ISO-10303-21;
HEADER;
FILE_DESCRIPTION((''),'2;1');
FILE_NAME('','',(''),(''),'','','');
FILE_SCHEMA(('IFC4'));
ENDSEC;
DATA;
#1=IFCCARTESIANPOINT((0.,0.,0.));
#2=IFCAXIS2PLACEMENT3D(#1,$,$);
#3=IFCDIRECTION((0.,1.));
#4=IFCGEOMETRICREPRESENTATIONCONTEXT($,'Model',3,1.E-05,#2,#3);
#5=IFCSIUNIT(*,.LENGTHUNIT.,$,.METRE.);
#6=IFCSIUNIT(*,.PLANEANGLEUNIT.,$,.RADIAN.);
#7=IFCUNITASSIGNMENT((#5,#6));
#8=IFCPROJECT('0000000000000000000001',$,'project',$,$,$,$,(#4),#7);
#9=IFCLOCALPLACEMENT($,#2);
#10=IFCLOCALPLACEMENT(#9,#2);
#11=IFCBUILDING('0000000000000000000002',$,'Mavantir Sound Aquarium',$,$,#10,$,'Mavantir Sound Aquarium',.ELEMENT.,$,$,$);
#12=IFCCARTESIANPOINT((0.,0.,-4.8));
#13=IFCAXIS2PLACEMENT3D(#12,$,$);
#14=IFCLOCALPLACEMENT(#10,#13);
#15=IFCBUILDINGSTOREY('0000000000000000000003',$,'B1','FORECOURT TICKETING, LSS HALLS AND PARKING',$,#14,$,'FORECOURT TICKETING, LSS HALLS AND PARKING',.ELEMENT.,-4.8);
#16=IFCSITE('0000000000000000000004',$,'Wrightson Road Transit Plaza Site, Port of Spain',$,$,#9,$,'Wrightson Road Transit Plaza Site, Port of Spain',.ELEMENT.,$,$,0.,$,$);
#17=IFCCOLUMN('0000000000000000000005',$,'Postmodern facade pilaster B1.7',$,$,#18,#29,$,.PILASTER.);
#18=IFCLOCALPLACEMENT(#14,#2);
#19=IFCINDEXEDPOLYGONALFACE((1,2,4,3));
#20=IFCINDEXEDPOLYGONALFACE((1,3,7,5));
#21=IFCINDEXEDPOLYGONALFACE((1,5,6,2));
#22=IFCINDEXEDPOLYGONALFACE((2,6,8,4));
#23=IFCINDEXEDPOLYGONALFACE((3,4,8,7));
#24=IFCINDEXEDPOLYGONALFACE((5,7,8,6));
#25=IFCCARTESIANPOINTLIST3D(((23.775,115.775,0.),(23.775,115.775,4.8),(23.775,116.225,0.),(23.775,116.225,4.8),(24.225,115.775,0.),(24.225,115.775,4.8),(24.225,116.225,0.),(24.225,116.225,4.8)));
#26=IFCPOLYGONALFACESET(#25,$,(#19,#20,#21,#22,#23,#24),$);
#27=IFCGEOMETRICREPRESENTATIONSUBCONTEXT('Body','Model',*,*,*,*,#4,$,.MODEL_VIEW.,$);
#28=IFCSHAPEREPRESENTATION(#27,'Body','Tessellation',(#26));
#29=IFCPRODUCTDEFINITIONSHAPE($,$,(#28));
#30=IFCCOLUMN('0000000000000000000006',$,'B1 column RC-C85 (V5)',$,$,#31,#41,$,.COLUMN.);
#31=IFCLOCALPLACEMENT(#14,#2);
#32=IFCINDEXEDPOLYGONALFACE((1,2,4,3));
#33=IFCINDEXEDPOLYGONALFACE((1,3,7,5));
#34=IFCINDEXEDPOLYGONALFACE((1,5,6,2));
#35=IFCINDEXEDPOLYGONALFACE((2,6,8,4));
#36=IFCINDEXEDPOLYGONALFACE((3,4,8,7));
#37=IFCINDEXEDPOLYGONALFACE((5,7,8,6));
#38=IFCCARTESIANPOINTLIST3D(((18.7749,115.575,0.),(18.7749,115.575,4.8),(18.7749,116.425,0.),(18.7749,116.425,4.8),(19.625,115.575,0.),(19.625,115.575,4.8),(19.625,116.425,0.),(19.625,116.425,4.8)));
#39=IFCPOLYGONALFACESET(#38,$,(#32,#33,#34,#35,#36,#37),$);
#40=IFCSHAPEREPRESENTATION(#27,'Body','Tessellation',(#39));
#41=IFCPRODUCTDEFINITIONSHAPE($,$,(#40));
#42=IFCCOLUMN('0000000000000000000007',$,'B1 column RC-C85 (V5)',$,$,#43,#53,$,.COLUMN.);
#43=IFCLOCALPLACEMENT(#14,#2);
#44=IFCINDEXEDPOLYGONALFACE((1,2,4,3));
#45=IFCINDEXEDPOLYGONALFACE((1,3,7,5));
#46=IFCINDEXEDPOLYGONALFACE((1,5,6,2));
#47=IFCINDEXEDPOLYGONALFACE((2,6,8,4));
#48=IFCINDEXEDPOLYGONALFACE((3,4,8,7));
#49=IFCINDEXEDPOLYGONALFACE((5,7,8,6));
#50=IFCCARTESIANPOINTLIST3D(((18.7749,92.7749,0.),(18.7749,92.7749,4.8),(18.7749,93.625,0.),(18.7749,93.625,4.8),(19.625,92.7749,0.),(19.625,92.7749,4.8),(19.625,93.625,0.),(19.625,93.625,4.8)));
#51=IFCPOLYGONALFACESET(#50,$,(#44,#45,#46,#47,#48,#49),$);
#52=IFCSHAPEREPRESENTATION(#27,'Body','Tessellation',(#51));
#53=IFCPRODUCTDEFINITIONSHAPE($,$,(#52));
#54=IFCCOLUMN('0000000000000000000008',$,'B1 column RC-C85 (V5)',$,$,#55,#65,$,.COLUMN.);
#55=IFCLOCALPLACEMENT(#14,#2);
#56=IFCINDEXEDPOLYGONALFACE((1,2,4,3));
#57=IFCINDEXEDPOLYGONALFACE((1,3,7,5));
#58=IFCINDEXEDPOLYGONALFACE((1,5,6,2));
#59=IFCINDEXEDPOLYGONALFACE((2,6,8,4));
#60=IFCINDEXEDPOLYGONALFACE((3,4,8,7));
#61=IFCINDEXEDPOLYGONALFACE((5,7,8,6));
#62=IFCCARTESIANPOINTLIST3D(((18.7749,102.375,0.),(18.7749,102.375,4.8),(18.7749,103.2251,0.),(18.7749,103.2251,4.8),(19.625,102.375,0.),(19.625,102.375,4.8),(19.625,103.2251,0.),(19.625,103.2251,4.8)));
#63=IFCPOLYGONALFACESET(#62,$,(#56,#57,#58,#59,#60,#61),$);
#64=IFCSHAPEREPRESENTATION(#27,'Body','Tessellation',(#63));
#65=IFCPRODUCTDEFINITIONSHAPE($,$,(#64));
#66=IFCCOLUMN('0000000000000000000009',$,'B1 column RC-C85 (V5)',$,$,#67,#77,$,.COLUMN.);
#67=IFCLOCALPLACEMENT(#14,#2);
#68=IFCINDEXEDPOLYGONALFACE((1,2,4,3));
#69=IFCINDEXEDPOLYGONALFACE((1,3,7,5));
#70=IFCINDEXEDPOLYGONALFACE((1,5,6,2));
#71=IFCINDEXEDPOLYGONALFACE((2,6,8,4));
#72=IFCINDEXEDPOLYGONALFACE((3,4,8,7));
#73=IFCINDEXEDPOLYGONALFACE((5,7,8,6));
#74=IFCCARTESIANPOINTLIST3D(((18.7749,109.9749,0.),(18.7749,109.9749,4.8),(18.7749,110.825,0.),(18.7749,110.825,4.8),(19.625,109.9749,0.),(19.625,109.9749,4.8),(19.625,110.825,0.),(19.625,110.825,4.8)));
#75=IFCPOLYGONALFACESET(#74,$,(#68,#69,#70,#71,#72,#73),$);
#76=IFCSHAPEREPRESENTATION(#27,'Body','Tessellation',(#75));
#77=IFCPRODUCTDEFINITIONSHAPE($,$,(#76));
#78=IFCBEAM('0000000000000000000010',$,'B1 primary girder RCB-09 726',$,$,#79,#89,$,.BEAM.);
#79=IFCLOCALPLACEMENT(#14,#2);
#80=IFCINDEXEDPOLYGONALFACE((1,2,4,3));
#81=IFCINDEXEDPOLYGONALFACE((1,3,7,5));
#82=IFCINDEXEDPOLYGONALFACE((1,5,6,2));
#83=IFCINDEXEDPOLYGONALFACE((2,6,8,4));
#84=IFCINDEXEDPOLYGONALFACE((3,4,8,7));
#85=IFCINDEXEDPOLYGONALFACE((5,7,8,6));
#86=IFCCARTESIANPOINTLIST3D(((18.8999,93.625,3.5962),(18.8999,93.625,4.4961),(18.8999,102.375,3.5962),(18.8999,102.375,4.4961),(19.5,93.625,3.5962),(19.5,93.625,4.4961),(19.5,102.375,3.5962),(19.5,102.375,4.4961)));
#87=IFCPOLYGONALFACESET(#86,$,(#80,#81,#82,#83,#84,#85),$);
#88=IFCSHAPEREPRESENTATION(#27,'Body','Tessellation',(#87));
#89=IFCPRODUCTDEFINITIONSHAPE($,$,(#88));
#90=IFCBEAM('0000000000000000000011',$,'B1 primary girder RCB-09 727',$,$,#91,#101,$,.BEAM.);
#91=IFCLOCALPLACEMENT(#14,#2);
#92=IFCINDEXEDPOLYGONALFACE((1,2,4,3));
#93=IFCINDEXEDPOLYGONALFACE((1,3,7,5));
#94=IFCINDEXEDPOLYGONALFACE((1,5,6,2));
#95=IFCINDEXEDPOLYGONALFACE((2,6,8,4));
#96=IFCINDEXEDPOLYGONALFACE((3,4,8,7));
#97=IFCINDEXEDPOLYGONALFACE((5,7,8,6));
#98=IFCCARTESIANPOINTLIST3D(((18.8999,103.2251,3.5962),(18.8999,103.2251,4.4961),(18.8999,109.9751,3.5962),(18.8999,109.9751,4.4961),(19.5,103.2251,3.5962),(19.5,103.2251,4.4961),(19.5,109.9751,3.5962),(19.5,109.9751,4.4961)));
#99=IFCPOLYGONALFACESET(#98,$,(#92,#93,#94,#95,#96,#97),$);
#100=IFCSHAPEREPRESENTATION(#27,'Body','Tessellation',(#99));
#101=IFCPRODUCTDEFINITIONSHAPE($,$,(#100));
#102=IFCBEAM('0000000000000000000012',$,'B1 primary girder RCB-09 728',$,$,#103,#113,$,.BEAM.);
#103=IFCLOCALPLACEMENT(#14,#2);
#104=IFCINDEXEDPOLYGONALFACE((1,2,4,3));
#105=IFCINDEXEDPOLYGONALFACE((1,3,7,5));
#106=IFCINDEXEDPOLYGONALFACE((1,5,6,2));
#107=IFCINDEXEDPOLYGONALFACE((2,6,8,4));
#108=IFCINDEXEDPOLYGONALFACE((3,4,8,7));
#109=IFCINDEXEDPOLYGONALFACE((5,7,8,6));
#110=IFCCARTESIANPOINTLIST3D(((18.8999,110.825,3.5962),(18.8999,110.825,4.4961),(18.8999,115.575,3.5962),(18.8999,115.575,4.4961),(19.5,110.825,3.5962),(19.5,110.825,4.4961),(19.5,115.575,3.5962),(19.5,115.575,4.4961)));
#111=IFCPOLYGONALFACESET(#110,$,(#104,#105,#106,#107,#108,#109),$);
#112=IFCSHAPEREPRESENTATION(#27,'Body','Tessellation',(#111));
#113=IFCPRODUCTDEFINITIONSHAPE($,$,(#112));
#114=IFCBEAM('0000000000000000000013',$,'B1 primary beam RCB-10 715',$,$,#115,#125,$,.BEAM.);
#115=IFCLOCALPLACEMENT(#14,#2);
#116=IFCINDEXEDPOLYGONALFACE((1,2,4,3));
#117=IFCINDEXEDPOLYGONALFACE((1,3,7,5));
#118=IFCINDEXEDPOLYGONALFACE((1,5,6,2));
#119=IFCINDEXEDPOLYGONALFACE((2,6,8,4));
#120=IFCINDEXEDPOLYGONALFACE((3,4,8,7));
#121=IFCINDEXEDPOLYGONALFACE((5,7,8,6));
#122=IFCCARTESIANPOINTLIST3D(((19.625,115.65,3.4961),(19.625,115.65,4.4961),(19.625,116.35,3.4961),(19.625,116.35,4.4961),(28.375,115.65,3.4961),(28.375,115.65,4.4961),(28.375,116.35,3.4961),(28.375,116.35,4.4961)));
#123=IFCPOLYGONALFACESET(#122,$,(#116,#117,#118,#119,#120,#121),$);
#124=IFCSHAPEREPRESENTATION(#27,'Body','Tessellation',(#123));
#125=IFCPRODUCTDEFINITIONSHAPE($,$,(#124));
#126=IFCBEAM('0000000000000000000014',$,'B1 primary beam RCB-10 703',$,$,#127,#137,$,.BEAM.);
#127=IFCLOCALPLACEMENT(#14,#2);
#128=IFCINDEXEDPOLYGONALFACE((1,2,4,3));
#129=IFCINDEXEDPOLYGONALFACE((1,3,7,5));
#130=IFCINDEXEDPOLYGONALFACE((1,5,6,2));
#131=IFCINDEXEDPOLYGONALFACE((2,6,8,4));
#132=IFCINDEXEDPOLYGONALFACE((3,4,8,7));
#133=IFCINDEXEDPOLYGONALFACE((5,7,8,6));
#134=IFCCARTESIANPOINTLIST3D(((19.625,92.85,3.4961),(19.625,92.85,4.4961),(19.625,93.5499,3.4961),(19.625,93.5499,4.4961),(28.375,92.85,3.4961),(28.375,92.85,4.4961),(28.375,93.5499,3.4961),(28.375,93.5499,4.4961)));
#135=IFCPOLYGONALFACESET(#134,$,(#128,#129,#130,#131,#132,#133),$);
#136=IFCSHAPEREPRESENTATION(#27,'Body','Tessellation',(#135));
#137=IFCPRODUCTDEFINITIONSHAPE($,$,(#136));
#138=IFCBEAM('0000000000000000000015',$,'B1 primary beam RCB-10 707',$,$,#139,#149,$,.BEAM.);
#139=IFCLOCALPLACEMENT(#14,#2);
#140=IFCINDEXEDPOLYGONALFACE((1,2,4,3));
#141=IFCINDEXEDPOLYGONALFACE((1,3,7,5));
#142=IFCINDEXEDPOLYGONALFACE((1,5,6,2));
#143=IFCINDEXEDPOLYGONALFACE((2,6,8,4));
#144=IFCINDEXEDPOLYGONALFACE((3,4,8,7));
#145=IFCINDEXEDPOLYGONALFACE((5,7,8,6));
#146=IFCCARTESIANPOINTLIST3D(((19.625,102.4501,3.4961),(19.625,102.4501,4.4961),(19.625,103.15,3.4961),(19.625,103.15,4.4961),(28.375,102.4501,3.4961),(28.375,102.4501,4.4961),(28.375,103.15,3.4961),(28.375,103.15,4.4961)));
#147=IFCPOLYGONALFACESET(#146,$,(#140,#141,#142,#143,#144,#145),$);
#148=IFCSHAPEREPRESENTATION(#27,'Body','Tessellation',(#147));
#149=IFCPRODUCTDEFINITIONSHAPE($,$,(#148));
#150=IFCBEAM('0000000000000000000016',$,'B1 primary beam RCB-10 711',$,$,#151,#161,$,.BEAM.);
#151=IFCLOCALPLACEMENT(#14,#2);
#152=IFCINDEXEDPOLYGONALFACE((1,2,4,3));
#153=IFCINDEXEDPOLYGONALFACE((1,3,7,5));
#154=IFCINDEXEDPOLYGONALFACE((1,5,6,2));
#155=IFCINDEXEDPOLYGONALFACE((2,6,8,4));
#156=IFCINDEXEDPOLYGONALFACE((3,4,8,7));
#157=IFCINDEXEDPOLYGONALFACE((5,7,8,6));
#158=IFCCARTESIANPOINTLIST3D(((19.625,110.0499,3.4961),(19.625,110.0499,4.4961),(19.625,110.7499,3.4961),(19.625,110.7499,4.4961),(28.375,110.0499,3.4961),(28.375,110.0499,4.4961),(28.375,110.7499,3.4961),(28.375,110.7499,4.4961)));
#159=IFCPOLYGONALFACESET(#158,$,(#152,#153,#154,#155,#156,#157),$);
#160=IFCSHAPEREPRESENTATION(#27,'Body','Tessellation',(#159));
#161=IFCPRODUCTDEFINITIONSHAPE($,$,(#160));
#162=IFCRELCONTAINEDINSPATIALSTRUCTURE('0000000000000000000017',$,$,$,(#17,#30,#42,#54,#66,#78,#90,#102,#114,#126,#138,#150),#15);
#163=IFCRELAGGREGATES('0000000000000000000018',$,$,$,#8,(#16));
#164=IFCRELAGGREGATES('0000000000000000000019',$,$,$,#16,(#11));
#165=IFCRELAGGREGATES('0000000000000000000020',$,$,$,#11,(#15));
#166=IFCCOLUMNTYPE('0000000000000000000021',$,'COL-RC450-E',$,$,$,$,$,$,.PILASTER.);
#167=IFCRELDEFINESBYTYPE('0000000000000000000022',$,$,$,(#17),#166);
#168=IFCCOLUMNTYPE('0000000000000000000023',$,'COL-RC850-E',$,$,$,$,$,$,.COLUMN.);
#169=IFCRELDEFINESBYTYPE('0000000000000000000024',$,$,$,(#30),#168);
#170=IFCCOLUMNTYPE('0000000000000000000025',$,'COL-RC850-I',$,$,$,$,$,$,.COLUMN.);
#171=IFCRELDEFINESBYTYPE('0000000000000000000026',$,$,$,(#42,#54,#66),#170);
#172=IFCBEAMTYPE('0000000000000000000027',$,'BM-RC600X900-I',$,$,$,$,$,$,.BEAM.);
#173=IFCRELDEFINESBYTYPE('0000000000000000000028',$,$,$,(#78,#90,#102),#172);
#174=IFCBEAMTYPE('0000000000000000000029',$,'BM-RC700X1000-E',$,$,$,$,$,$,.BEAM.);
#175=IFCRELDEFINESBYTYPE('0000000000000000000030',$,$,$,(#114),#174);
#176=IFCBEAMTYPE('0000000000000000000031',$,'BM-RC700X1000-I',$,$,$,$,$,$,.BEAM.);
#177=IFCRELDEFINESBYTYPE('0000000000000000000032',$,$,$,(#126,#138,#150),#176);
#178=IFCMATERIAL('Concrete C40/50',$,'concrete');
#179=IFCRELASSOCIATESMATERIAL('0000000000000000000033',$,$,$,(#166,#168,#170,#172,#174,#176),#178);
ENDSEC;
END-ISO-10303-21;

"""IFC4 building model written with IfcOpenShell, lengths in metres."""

from ifc_helpers import new_model, si_unit, direction, frame, origin, origin_2d, place, context, subcontext, project, spatial, rectangle, extrude, material, material_profile, profile_set, type_object, element, save


model = new_model("IFC4")

# Units and contexts
model_context = context("Model", 3, precision=1e-05, world=origin(), true_north=direction((0.0, 1.0)))
body_context = subcontext(model_context, "Body", "Model", "MODEL_VIEW")
ifc_project = project(units=[si_unit("LENGTHUNIT", "METRE"), si_unit("PLANEANGLEUNIT", "RADIAN")], contexts=[model_context])

# Site, building, storey
site_placement = place(None, origin())
site = spatial("IfcSite", under=ifc_project, at=site_placement, Name="Wrightson Road Transit Plaza Site, Port of Spain", LongName="Wrightson Road Transit Plaza Site, Port of Spain", CompositionType="ELEMENT", RefElevation=0.0)
building_placement = place(site_placement, origin())
building = spatial("IfcBuilding", under=site, at=building_placement, Name="Mavantir Sound Aquarium", LongName="Mavantir Sound Aquarium", CompositionType="ELEMENT")
storey_placement = place(building_placement, frame((0.0, 0.0, -4.8)))
storey = spatial("IfcBuildingStorey", under=building, at=storey_placement, Name="B1", Description="FORECOURT TICKETING, LSS HALLS AND PARKING", LongName="FORECOURT TICKETING, LSS HALLS AND PARKING", CompositionType="ELEMENT", Elevation=-4.8)

# Columns
ifc_material_1 = material(Name="Concrete C40/50", Category="concrete")
ifc_material_profile_1 = material_profile(ifc_material_1, rectangle(XDim=0.45, YDim=0.45, at=origin_2d()), Name="RC 450X450")
ifc_profile_set_1 = profile_set([ifc_material_profile_1], Name="Concrete C40/50")
column_type_1 = type_object("IfcColumnType", Name="COL-RC450-E", PredefinedType="PILASTER", material=ifc_profile_set_1)
column_1_placement = place(storey_placement, frame((24.0, 116.0, 0.0), z_axis=(0.0, 0.0, 1.0), x_axis=(1.0, 0.0, 0.0)))
element("IfcColumn", 1, at=column_1_placement, inside=storey, type_object=column_type_1, Name="Postmodern facade pilaster B1.7", PredefinedType="PILASTER", context=body_context, shape_type="SweptSolid", body=[
    extrude(rectangle(XDim=0.45, YDim=0.45, at=origin_2d()), origin(), (0.0, 0.0, 1.0), 4.8),
])
ifc_material_profile_2 = material_profile(ifc_material_1, rectangle(XDim=0.8501, YDim=0.8501, at=origin_2d()), Name="RC 850X850")
ifc_profile_set_2 = profile_set([ifc_material_profile_2], Name="Concrete C40/50")
column_type_2 = type_object("IfcColumnType", Name="COL-RC850-E", PredefinedType="COLUMN", material=ifc_profile_set_2)
column_2_placement = place(storey_placement, frame((19.2, 116.0, 0.0), z_axis=(0.0, 0.0, 1.0), x_axis=(1.0, 0.0, 0.0)))
element("IfcColumn", 2, at=column_2_placement, inside=storey, type_object=column_type_2, Name="B1 column RC-C85 (V5)", PredefinedType="COLUMN", context=body_context, shape_type="SweptSolid", body=[
    extrude(rectangle(XDim=0.8501, YDim=0.8501, at=origin_2d()), origin(), (0.0, 0.0, 1.0), 4.8),
])
ifc_material_profile_3 = material_profile(ifc_material_1, rectangle(XDim=0.8501, YDim=0.8501, at=origin_2d()), Name="RC 850X850")
ifc_profile_set_3 = profile_set([ifc_material_profile_3], Name="Concrete C40/50")
column_type_3 = type_object("IfcColumnType", Name="COL-RC850-I", PredefinedType="COLUMN", material=ifc_profile_set_3)
for number, where, z_axis, x_axis, name in (
    (3, (19.2, 93.2, 0.0), (0.0, 0.0, 1.0), (1.0, 0.0, 0.0), "B1 column RC-C85 (V5)"),
    (4, (19.2, 102.8, 0.0), (0.0, 0.0, 1.0), (1.0, 0.0, 0.0), "B1 column RC-C85 (V5)"),
    (5, (19.2, 110.3999, 0.0), (0.0, 0.0, 1.0), (1.0, 0.0, 0.0), "B1 column RC-C85 (V5)"),
):
    element("IfcColumn", number, at=place(storey_placement, frame(where, z_axis=z_axis, x_axis=x_axis)), inside=storey, type_object=column_type_3, Name=name, PredefinedType="COLUMN", context=body_context, shape_type="SweptSolid", body=[
        extrude(rectangle(XDim=0.8501, YDim=0.8501, at=origin_2d()), origin(), (0.0, 0.0, 1.0), 4.8),
    ])

# Beams
ifc_material_profile_4 = material_profile(ifc_material_1, rectangle(XDim=0.6001, YDim=0.8999, at=origin_2d()), Name="RC 600X900")
ifc_profile_set_4 = profile_set([ifc_material_profile_4], Name="Concrete C40/50")
beam_type_1 = type_object("IfcBeamType", Name="BM-RC600X900-I", PredefinedType="BEAM", material=ifc_profile_set_4)
beam_1_placement = place(storey_placement, frame((19.2, 93.625, 4.0461), z_axis=(0.0, 1.0, 0.0), x_axis=(-1.0, 0.0, 0.0)))
element("IfcBeam", 6, at=beam_1_placement, inside=storey, type_object=beam_type_1, Name="B1 primary girder RCB-09 726", PredefinedType="BEAM", context=body_context, shape_type="SweptSolid", body=[
    extrude(rectangle(XDim=0.6001, YDim=0.8999, at=origin_2d()), origin(), (0.0, 0.0, 1.0), 8.75),
])
beam_2_placement = place(storey_placement, frame((19.2, 103.2251, 4.0461), z_axis=(0.0, 1.0, 0.0), x_axis=(-1.0, 0.0, 0.0)))
element("IfcBeam", 7, at=beam_2_placement, inside=storey, type_object=beam_type_1, Name="B1 primary girder RCB-09 727", PredefinedType="BEAM", context=body_context, shape_type="SweptSolid", body=[
    extrude(rectangle(XDim=0.6001, YDim=0.8999, at=origin_2d()), origin(), (0.0, 0.0, 1.0), 6.75),
])
beam_3_placement = place(storey_placement, frame((19.2, 110.825, 4.0461), z_axis=(0.0, 1.0, 0.0), x_axis=(-1.0, 0.0, 0.0)))
element("IfcBeam", 8, at=beam_3_placement, inside=storey, type_object=beam_type_1, Name="B1 primary girder RCB-09 728", PredefinedType="BEAM", context=body_context, shape_type="SweptSolid", body=[
    extrude(rectangle(XDim=0.6001, YDim=0.8999, at=origin_2d()), origin(), (0.0, 0.0, 1.0), 4.75),
])
ifc_material_profile_5 = material_profile(ifc_material_1, rectangle(XDim=0.7, YDim=1.0, at=origin_2d()), Name="RC 700X1000")
ifc_profile_set_5 = profile_set([ifc_material_profile_5], Name="Concrete C40/50")
beam_type_2 = type_object("IfcBeamType", Name="BM-RC700X1000-E", PredefinedType="BEAM", material=ifc_profile_set_5)
beam_4_placement = place(storey_placement, frame((19.625, 116.0, 3.9961), z_axis=(1.0, 0.0, 0.0), x_axis=(0.0, 1.0, 0.0)))
element("IfcBeam", 9, at=beam_4_placement, inside=storey, type_object=beam_type_2, Name="B1 primary beam RCB-10 715", PredefinedType="BEAM", context=body_context, shape_type="SweptSolid", body=[
    extrude(rectangle(XDim=0.7, YDim=1.0, at=origin_2d()), origin(), (0.0, 0.0, 1.0), 8.75),
])
ifc_material_profile_6 = material_profile(ifc_material_1, rectangle(XDim=0.7, YDim=1.0, at=origin_2d()), Name="RC 700X1000")
ifc_profile_set_6 = profile_set([ifc_material_profile_6], Name="Concrete C40/50")
beam_type_3 = type_object("IfcBeamType", Name="BM-RC700X1000-I", PredefinedType="BEAM", material=ifc_profile_set_6)
for number, where, z_axis, x_axis, name in (
    (10, (19.625, 93.2, 3.9961), (1.0, 0.0, 0.0), (0.0, 1.0, 0.0), "B1 primary beam RCB-10 703"),
    (11, (19.625, 102.8, 3.9961), (1.0, 0.0, 0.0), (0.0, 1.0, 0.0), "B1 primary beam RCB-10 707"),
    (12, (19.625, 110.3999, 3.9961), (1.0, 0.0, 0.0), (0.0, 1.0, 0.0), "B1 primary beam RCB-10 711"),
):
    element("IfcBeam", number, at=place(storey_placement, frame(where, z_axis=z_axis, x_axis=x_axis)), inside=storey, type_object=beam_type_3, Name=name, PredefinedType="BEAM", context=body_context, shape_type="SweptSolid", body=[
        extrude(rectangle(XDim=0.7, YDim=1.0, at=origin_2d()), origin(), (0.0, 0.0, 1.0), 8.75),
    ])

save(model, "model.ifc")
